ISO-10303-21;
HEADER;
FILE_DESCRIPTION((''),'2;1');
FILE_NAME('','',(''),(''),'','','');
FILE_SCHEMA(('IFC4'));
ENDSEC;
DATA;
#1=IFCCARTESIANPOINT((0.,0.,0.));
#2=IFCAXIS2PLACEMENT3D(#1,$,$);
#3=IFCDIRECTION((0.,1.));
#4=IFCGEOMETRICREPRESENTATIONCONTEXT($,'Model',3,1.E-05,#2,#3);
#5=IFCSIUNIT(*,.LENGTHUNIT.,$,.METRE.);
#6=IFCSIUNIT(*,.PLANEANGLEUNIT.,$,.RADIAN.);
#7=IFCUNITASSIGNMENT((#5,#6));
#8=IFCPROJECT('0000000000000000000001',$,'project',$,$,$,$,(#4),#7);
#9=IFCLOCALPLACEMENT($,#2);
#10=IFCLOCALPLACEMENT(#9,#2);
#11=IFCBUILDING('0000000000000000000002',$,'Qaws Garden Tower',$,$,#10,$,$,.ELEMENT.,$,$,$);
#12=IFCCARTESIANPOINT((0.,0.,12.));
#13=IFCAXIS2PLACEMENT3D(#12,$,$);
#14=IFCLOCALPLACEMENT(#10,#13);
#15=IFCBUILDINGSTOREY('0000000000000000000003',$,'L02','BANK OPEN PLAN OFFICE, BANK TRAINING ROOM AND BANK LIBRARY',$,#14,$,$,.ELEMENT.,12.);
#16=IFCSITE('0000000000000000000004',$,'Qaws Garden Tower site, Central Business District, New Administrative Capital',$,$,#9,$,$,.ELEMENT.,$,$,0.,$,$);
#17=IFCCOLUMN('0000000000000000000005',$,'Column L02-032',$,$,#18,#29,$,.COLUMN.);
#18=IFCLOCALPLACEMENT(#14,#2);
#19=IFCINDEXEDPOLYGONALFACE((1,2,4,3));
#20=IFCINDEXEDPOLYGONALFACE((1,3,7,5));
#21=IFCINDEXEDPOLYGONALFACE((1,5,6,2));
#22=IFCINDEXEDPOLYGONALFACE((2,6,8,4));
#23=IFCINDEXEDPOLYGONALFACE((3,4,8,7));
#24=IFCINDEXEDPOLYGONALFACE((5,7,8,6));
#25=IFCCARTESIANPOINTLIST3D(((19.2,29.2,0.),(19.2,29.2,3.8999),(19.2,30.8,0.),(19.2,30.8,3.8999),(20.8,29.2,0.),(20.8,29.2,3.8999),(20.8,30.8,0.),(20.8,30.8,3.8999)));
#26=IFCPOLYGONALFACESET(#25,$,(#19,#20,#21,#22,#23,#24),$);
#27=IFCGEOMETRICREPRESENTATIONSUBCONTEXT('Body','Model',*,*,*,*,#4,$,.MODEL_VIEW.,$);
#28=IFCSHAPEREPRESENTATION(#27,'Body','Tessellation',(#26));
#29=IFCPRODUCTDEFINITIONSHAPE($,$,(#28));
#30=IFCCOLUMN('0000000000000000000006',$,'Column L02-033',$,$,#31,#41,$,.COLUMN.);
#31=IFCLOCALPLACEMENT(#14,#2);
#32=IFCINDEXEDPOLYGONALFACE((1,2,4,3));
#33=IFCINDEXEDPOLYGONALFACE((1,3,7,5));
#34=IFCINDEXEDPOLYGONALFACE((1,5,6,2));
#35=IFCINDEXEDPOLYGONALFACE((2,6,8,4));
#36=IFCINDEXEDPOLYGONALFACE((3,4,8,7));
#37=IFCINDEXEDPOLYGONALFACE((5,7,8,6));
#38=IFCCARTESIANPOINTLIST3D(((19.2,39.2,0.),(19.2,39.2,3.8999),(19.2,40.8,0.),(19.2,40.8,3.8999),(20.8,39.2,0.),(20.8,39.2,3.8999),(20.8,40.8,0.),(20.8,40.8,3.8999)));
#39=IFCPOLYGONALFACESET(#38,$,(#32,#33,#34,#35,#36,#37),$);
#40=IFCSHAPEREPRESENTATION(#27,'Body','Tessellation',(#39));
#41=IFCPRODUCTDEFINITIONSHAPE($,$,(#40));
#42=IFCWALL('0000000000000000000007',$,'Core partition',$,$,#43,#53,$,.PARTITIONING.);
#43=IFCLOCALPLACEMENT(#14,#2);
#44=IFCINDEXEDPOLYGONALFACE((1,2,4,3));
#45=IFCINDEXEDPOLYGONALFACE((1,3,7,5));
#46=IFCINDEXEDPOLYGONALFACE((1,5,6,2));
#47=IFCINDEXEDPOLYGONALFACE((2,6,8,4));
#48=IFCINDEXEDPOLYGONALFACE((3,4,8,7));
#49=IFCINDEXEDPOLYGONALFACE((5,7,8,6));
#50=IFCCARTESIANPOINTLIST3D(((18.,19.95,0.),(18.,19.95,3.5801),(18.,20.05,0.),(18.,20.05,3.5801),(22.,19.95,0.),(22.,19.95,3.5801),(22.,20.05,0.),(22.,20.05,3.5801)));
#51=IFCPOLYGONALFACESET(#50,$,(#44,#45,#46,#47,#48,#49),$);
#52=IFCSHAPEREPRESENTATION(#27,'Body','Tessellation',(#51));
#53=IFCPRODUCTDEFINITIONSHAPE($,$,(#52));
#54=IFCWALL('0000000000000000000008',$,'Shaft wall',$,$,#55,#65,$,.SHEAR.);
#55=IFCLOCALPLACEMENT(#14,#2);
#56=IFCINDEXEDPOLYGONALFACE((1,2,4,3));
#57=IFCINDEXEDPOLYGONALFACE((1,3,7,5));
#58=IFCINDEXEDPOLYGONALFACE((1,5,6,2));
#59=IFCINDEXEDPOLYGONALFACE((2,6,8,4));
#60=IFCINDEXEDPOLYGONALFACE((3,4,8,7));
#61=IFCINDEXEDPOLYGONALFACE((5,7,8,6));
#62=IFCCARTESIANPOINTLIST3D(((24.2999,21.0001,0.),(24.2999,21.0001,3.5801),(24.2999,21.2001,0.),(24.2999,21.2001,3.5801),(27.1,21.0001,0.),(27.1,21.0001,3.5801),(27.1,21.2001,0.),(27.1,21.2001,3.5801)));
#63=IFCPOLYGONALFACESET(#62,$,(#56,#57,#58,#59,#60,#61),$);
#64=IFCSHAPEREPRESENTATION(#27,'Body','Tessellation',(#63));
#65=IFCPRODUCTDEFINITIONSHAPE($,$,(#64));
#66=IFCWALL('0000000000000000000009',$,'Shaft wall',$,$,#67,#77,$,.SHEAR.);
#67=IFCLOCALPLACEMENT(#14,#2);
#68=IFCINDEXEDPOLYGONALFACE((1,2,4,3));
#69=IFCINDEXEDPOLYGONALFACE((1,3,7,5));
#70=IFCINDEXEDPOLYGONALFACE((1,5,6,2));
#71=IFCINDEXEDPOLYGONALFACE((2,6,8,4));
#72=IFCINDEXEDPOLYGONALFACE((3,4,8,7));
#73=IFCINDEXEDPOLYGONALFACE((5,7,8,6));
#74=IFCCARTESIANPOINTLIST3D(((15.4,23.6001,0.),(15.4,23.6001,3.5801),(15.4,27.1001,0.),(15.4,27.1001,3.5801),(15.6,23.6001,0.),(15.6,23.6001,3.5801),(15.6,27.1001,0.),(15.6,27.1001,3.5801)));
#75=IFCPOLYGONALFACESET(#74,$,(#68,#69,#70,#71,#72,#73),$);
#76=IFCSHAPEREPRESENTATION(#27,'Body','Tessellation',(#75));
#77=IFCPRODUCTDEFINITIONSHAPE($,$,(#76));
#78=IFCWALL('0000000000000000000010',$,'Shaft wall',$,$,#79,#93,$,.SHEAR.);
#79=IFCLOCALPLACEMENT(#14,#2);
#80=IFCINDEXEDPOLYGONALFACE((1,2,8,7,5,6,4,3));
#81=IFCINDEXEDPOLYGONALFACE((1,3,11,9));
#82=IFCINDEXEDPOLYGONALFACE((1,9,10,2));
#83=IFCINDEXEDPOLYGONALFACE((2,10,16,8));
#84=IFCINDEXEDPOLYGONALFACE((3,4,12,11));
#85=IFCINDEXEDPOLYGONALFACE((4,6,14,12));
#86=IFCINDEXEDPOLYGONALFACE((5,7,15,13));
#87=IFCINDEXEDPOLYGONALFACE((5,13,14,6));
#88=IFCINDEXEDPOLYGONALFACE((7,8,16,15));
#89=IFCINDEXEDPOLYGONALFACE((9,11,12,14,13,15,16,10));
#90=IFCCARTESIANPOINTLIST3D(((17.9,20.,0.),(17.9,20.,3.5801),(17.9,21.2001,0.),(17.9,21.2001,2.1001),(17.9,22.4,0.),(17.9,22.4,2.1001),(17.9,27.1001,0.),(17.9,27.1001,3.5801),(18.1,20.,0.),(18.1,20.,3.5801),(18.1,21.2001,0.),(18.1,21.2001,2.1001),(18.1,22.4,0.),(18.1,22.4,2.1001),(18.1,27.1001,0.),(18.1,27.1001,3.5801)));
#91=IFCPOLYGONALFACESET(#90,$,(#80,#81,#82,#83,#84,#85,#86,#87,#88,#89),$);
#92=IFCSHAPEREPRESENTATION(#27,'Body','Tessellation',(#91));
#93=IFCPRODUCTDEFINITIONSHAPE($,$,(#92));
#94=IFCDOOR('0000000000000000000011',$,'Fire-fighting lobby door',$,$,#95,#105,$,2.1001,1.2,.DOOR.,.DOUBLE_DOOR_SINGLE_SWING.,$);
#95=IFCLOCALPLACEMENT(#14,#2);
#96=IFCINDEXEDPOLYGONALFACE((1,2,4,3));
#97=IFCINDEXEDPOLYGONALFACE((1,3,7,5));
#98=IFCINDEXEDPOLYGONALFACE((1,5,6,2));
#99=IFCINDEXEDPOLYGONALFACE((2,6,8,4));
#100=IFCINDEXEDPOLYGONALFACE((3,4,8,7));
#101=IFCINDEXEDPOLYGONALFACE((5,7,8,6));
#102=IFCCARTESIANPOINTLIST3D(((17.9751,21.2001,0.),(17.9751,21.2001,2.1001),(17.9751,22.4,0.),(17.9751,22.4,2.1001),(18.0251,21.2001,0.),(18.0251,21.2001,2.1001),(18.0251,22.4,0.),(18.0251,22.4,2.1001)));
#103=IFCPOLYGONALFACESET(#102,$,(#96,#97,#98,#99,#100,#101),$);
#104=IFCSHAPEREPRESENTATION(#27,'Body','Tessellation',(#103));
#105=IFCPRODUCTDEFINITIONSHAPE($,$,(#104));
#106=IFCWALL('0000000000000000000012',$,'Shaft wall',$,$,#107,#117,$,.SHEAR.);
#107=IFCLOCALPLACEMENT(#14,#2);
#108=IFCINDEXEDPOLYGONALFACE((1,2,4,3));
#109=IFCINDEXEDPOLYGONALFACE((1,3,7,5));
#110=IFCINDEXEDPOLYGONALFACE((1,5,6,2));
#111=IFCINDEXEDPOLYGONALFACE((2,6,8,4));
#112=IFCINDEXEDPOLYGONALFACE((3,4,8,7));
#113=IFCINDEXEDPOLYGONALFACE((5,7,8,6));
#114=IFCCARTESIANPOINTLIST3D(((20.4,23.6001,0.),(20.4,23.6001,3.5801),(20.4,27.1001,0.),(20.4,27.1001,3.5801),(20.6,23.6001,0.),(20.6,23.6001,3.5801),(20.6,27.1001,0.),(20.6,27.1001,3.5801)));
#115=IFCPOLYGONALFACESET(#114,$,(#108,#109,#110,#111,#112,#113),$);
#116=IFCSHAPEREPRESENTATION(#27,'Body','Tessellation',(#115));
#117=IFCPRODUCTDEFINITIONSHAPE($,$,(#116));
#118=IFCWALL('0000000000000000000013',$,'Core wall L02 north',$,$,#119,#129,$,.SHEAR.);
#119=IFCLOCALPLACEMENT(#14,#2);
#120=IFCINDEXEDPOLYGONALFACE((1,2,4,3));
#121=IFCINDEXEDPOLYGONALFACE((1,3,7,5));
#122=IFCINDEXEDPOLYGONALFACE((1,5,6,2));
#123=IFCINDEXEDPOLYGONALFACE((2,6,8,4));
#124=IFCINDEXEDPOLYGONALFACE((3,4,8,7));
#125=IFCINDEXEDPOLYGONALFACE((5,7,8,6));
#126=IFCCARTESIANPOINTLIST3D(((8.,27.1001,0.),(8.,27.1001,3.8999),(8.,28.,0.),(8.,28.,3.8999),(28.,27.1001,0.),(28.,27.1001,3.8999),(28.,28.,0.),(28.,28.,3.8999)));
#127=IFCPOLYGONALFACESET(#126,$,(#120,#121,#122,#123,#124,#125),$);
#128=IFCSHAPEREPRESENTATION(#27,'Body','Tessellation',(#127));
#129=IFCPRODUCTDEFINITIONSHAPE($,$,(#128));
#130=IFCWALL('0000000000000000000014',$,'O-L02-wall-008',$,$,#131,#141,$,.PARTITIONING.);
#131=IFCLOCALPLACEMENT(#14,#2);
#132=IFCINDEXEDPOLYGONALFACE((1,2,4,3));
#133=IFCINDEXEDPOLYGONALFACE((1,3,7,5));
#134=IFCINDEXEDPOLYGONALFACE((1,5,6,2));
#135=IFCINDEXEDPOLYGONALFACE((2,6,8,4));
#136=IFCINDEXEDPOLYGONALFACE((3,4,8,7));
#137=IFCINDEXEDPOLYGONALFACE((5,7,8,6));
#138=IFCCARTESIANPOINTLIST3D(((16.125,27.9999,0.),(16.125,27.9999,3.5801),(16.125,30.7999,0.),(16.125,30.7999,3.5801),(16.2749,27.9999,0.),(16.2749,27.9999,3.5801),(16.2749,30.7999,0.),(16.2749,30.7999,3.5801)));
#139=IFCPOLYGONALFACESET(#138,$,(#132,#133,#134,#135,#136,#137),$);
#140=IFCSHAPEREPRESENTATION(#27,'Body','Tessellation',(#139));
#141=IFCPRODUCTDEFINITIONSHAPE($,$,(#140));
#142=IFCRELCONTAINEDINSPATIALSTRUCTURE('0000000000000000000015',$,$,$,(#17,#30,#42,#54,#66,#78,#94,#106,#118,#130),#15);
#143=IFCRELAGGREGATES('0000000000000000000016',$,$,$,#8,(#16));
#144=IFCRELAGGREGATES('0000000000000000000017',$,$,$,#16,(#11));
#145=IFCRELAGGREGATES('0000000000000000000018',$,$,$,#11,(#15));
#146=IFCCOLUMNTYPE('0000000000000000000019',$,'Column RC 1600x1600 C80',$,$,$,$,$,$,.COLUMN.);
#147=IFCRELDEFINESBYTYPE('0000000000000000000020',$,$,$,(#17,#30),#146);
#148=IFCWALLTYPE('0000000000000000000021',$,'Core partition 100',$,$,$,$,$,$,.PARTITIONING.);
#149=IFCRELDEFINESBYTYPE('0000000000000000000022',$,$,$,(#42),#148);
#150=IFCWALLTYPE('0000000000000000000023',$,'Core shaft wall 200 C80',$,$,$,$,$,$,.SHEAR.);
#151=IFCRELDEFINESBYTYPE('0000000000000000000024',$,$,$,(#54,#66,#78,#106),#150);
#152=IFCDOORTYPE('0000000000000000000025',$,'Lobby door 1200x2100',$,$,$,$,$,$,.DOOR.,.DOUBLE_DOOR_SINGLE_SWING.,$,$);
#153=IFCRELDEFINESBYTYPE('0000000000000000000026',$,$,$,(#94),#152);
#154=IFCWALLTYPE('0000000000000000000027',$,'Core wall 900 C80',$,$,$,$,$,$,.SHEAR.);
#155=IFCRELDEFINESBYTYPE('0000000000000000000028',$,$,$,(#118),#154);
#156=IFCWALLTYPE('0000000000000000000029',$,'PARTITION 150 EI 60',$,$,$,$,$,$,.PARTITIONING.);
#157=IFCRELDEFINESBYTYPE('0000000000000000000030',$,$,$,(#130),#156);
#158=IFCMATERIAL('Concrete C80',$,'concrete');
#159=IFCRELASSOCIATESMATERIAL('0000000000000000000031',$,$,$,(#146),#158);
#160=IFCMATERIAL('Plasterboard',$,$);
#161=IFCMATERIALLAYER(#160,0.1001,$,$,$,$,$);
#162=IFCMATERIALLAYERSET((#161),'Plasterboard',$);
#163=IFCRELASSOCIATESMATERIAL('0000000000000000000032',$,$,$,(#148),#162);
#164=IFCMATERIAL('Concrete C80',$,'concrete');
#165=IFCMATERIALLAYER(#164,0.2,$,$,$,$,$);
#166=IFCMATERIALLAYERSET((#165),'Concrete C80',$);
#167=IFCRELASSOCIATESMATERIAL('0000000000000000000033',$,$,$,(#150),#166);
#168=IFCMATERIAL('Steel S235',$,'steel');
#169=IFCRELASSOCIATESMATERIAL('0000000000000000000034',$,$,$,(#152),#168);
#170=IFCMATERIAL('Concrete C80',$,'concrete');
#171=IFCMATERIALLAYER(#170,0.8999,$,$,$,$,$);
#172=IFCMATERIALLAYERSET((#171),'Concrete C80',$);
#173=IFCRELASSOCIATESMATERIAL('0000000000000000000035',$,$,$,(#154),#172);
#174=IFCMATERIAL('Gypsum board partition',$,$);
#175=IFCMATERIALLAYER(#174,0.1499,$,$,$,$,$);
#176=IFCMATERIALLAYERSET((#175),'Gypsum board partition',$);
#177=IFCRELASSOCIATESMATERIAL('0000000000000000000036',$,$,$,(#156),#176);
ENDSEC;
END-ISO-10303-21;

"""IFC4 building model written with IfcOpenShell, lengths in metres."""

from ifc_helpers import new_model, si_unit, direction, frame, frame_2d, origin, origin_2d, place, context, subcontext, project, spatial, rectangle, extrude, material, layer, layer_set, material_profile, profile_set, type_object, element, fill, save


model = new_model("IFC4")

# Units and contexts
model_context = context("Model", 3, precision=1e-05, world=origin(), true_north=direction((0.0, 1.0)))
body_context = subcontext(model_context, "Body", "Model", "MODEL_VIEW")
ifc_project = project(units=[si_unit("LENGTHUNIT", "METRE"), si_unit("PLANEANGLEUNIT", "RADIAN")], contexts=[model_context])

# Site, building, storey
site_placement = place(None, origin())
site = spatial("IfcSite", under=ifc_project, at=site_placement, Name="Qaws Garden Tower site, Central Business District, New Administrative Capital", CompositionType="ELEMENT", RefElevation=0.0)
building_placement = place(site_placement, origin())
building = spatial("IfcBuilding", under=site, at=building_placement, Name="Qaws Garden Tower", CompositionType="ELEMENT")
storey_placement = place(building_placement, frame((0.0, 0.0, 12.0)))
storey = spatial("IfcBuildingStorey", under=building, at=storey_placement, Name="L02", Description="BANK OPEN PLAN OFFICE, BANK TRAINING ROOM AND BANK LIBRARY", CompositionType="ELEMENT", Elevation=12.0)

# Columns
ifc_material_1 = material(Name="Concrete C80", Category="concrete")
ifc_material_profile = material_profile(ifc_material_1, rectangle(XDim=1.6001, YDim=1.6001, at=origin_2d()), Name="RC 1600x1600")
ifc_profile_set = profile_set([ifc_material_profile], Name="Concrete C80")
column_type = type_object("IfcColumnType", Name="Column RC 1600x1600 C80", PredefinedType="COLUMN", material=ifc_profile_set)
for number, where, z_axis, x_axis, name in (
    (1, (20.0, 30.0, 0.0), (0.0, 0.0, 1.0), (1.0, 0.0, 0.0), "Column L02-032"),
    (2, (20.0, 40.0, 0.0), (0.0, 0.0, 1.0), (1.0, 0.0, 0.0), "Column L02-033"),
):
    element("IfcColumn", number, at=place(storey_placement, frame(where, z_axis=z_axis, x_axis=x_axis)), inside=storey, type_object=column_type, Name=name, PredefinedType="COLUMN", context=body_context, shape_type="SweptSolid", body=[
        extrude(rectangle(XDim=1.6001, YDim=1.6001, at=origin_2d()), origin(), (0.0, 0.0, 1.0), 3.8999),
    ])

# Walls
ifc_material_2 = material(Name="Plasterboard")
ifc_layer_1 = layer(ifc_material_2, 0.1001)
ifc_layer_set_1 = layer_set([ifc_layer_1], Name="Plasterboard")
wall_type_1 = type_object("IfcWallType", Name="Core partition 100", PredefinedType="PARTITIONING", material=ifc_layer_set_1)
wall_1_placement = place(storey_placement, frame((18.0, 20.0, 0.0), z_axis=(0.0, 0.0, 1.0), x_axis=(1.0, 0.0, 0.0)))
element("IfcWall", 3, at=wall_1_placement, inside=storey, type_object=wall_type_1, Name="Core partition", PredefinedType="PARTITIONING", context=body_context, shape_type="SweptSolid", body=[
    extrude(rectangle(XDim=4.0, YDim=0.1001, at=frame_2d((2.0, 0.0))), origin(), (0.0, 0.0, 1.0), 3.5801),
])
ifc_material_3 = material(Name="Concrete C80", Category="concrete")
ifc_layer_2 = layer(ifc_material_3, 0.2)
ifc_layer_set_2 = layer_set([ifc_layer_2], Name="Concrete C80")
wall_type_2 = type_object("IfcWallType", Name="Core shaft wall 200 C80", PredefinedType="SHEAR", material=ifc_layer_set_2)
wall_2_placement = place(storey_placement, frame((24.3, 21.1001, 0.0), z_axis=(0.0, 0.0, 1.0), x_axis=(1.0, 0.0, 0.0)))
element("IfcWall", 4, at=wall_2_placement, inside=storey, type_object=wall_type_2, Name="Shaft wall", PredefinedType="SHEAR", context=body_context, shape_type="SweptSolid", body=[
    extrude(rectangle(XDim=2.8, YDim=0.2, at=frame_2d((1.3999, 0.0))), origin(), (0.0, 0.0, 1.0), 3.5801),
])
wall_3_placement = place(storey_placement, frame((15.5, 23.6001, 0.0), z_axis=(0.0, 0.0, 1.0), x_axis=(0.0, 1.0, 0.0)))
element("IfcWall", 5, at=wall_3_placement, inside=storey, type_object=wall_type_2, Name="Shaft wall", PredefinedType="SHEAR", context=body_context, shape_type="SweptSolid", body=[
    extrude(rectangle(XDim=3.5, YDim=0.2, at=frame_2d((1.75, 0.0))), origin(), (0.0, 0.0, 1.0), 3.5801),
])

# Wall, opening, door
wall_4_placement = place(storey_placement, frame((18.0, 20.0, 0.0), z_axis=(0.0, 0.0, 1.0), x_axis=(0.0, 1.0, 0.0)))
wall_4 = element("IfcWall", 6, at=wall_4_placement, inside=storey, type_object=wall_type_2, Name="Shaft wall", PredefinedType="SHEAR", context=body_context, shape_type="SweptSolid", body=[
    extrude(rectangle(XDim=7.1001, YDim=0.2, at=frame_2d((3.55, 0.0))), origin(), (0.0, 0.0, 1.0), 3.5801),
])
opening_1_placement = place(wall_4_placement, frame((1.2, 0.0, 0.0)))
opening_1 = element("IfcOpeningElement", 7, at=opening_1_placement, cuts=wall_4, PredefinedType="OPENING", context=body_context, shape_type="SweptSolid", body=[
    extrude(rectangle(XDim=1.2, YDim=2.1001, at=frame_2d((0.6001, 1.05))), frame((0.0, 0.1099, 0.0), z_axis=(0.0, -1.0, 0.0), x_axis=(1.0, 0.0, 0.0)), (0.0, 0.0, 1.0), 0.22),
])
ifc_material_4 = material(Name="Steel S235", Category="steel")
door_type_1 = type_object("IfcDoorType", Name="Lobby door 1200x2100", OperationType="DOUBLE_DOOR_SINGLE_SWING", PredefinedType="DOOR", material=ifc_material_4)
door_1_placement = place(opening_1_placement, origin())
door_1 = element("IfcDoor", 8, at=door_1_placement, inside=storey, type_object=door_type_1, Name="Fire-fighting lobby door", OperationType="DOUBLE_DOOR_SINGLE_SWING", OverallHeight=2.1001, OverallWidth=1.2, PredefinedType="DOOR", context=body_context, shape_type="SweptSolid", body=[
    extrude(rectangle(XDim=1.2, YDim=2.1001, at=frame_2d((0.6001, 1.05))), frame((0.0, 0.0249, 0.0), z_axis=(0.0, -1.0, 0.0), x_axis=(1.0, 0.0, 0.0)), (0.0, 0.0, 1.0), 0.05),
])
fill(opening_1, door_1)

# Walls
wall_5_placement = place(storey_placement, frame((20.5, 23.6001, 0.0), z_axis=(0.0, 0.0, 1.0), x_axis=(0.0, 1.0, 0.0)))
element("IfcWall", 9, at=wall_5_placement, inside=storey, type_object=wall_type_2, Name="Shaft wall", PredefinedType="SHEAR", context=body_context, shape_type="SweptSolid", body=[
    extrude(rectangle(XDim=3.5, YDim=0.2, at=frame_2d((1.75, 0.0))), origin(), (0.0, 0.0, 1.0), 3.5801),
])
ifc_material_5 = material(Name="Concrete C80", Category="concrete")
ifc_layer_3 = layer(ifc_material_5, 0.8999)
ifc_layer_set_3 = layer_set([ifc_layer_3], Name="Concrete C80")
wall_type_3 = type_object("IfcWallType", Name="Core wall 900 C80", PredefinedType="SHEAR", material=ifc_layer_set_3)
wall_6_placement = place(storey_placement, frame((28.0, 27.55, 0.0), z_axis=(0.0, 0.0, 1.0), x_axis=(-1.0, 0.0, 0.0)))
element("IfcWall", 10, at=wall_6_placement, inside=storey, type_object=wall_type_3, Name="Core wall L02 north", PredefinedType="SHEAR", context=body_context, shape_type="SweptSolid", body=[
    extrude(rectangle(XDim=20.0, YDim=0.8999, at=frame_2d((10.0, 0.0))), origin(), (0.0, 0.0, 1.0), 3.8999),
])
ifc_material_6 = material(Name="Gypsum board partition")
ifc_layer_4 = layer(ifc_material_6, 0.1499)
ifc_layer_set_4 = layer_set([ifc_layer_4], Name="Gypsum board partition")
wall_type_4 = type_object("IfcWallType", Name="PARTITION 150 EI 60", PredefinedType="PARTITIONING", material=ifc_layer_set_4)
wall_7_placement = place(storey_placement, frame((16.2, 28.0, 0.0), z_axis=(0.0, 0.0, 1.0), x_axis=(0.0, 1.0, 0.0)))
element("IfcWall", 11, at=wall_7_placement, inside=storey, type_object=wall_type_4, Name="O-L02-wall-008", PredefinedType="PARTITIONING", context=body_context, shape_type="SweptSolid", body=[
    extrude(rectangle(XDim=2.8, YDim=0.1499, at=frame_2d((1.3999, 0.0))), origin(), (0.0, 0.0, 1.0), 3.5801),
])

save(model, "model.ifc")
